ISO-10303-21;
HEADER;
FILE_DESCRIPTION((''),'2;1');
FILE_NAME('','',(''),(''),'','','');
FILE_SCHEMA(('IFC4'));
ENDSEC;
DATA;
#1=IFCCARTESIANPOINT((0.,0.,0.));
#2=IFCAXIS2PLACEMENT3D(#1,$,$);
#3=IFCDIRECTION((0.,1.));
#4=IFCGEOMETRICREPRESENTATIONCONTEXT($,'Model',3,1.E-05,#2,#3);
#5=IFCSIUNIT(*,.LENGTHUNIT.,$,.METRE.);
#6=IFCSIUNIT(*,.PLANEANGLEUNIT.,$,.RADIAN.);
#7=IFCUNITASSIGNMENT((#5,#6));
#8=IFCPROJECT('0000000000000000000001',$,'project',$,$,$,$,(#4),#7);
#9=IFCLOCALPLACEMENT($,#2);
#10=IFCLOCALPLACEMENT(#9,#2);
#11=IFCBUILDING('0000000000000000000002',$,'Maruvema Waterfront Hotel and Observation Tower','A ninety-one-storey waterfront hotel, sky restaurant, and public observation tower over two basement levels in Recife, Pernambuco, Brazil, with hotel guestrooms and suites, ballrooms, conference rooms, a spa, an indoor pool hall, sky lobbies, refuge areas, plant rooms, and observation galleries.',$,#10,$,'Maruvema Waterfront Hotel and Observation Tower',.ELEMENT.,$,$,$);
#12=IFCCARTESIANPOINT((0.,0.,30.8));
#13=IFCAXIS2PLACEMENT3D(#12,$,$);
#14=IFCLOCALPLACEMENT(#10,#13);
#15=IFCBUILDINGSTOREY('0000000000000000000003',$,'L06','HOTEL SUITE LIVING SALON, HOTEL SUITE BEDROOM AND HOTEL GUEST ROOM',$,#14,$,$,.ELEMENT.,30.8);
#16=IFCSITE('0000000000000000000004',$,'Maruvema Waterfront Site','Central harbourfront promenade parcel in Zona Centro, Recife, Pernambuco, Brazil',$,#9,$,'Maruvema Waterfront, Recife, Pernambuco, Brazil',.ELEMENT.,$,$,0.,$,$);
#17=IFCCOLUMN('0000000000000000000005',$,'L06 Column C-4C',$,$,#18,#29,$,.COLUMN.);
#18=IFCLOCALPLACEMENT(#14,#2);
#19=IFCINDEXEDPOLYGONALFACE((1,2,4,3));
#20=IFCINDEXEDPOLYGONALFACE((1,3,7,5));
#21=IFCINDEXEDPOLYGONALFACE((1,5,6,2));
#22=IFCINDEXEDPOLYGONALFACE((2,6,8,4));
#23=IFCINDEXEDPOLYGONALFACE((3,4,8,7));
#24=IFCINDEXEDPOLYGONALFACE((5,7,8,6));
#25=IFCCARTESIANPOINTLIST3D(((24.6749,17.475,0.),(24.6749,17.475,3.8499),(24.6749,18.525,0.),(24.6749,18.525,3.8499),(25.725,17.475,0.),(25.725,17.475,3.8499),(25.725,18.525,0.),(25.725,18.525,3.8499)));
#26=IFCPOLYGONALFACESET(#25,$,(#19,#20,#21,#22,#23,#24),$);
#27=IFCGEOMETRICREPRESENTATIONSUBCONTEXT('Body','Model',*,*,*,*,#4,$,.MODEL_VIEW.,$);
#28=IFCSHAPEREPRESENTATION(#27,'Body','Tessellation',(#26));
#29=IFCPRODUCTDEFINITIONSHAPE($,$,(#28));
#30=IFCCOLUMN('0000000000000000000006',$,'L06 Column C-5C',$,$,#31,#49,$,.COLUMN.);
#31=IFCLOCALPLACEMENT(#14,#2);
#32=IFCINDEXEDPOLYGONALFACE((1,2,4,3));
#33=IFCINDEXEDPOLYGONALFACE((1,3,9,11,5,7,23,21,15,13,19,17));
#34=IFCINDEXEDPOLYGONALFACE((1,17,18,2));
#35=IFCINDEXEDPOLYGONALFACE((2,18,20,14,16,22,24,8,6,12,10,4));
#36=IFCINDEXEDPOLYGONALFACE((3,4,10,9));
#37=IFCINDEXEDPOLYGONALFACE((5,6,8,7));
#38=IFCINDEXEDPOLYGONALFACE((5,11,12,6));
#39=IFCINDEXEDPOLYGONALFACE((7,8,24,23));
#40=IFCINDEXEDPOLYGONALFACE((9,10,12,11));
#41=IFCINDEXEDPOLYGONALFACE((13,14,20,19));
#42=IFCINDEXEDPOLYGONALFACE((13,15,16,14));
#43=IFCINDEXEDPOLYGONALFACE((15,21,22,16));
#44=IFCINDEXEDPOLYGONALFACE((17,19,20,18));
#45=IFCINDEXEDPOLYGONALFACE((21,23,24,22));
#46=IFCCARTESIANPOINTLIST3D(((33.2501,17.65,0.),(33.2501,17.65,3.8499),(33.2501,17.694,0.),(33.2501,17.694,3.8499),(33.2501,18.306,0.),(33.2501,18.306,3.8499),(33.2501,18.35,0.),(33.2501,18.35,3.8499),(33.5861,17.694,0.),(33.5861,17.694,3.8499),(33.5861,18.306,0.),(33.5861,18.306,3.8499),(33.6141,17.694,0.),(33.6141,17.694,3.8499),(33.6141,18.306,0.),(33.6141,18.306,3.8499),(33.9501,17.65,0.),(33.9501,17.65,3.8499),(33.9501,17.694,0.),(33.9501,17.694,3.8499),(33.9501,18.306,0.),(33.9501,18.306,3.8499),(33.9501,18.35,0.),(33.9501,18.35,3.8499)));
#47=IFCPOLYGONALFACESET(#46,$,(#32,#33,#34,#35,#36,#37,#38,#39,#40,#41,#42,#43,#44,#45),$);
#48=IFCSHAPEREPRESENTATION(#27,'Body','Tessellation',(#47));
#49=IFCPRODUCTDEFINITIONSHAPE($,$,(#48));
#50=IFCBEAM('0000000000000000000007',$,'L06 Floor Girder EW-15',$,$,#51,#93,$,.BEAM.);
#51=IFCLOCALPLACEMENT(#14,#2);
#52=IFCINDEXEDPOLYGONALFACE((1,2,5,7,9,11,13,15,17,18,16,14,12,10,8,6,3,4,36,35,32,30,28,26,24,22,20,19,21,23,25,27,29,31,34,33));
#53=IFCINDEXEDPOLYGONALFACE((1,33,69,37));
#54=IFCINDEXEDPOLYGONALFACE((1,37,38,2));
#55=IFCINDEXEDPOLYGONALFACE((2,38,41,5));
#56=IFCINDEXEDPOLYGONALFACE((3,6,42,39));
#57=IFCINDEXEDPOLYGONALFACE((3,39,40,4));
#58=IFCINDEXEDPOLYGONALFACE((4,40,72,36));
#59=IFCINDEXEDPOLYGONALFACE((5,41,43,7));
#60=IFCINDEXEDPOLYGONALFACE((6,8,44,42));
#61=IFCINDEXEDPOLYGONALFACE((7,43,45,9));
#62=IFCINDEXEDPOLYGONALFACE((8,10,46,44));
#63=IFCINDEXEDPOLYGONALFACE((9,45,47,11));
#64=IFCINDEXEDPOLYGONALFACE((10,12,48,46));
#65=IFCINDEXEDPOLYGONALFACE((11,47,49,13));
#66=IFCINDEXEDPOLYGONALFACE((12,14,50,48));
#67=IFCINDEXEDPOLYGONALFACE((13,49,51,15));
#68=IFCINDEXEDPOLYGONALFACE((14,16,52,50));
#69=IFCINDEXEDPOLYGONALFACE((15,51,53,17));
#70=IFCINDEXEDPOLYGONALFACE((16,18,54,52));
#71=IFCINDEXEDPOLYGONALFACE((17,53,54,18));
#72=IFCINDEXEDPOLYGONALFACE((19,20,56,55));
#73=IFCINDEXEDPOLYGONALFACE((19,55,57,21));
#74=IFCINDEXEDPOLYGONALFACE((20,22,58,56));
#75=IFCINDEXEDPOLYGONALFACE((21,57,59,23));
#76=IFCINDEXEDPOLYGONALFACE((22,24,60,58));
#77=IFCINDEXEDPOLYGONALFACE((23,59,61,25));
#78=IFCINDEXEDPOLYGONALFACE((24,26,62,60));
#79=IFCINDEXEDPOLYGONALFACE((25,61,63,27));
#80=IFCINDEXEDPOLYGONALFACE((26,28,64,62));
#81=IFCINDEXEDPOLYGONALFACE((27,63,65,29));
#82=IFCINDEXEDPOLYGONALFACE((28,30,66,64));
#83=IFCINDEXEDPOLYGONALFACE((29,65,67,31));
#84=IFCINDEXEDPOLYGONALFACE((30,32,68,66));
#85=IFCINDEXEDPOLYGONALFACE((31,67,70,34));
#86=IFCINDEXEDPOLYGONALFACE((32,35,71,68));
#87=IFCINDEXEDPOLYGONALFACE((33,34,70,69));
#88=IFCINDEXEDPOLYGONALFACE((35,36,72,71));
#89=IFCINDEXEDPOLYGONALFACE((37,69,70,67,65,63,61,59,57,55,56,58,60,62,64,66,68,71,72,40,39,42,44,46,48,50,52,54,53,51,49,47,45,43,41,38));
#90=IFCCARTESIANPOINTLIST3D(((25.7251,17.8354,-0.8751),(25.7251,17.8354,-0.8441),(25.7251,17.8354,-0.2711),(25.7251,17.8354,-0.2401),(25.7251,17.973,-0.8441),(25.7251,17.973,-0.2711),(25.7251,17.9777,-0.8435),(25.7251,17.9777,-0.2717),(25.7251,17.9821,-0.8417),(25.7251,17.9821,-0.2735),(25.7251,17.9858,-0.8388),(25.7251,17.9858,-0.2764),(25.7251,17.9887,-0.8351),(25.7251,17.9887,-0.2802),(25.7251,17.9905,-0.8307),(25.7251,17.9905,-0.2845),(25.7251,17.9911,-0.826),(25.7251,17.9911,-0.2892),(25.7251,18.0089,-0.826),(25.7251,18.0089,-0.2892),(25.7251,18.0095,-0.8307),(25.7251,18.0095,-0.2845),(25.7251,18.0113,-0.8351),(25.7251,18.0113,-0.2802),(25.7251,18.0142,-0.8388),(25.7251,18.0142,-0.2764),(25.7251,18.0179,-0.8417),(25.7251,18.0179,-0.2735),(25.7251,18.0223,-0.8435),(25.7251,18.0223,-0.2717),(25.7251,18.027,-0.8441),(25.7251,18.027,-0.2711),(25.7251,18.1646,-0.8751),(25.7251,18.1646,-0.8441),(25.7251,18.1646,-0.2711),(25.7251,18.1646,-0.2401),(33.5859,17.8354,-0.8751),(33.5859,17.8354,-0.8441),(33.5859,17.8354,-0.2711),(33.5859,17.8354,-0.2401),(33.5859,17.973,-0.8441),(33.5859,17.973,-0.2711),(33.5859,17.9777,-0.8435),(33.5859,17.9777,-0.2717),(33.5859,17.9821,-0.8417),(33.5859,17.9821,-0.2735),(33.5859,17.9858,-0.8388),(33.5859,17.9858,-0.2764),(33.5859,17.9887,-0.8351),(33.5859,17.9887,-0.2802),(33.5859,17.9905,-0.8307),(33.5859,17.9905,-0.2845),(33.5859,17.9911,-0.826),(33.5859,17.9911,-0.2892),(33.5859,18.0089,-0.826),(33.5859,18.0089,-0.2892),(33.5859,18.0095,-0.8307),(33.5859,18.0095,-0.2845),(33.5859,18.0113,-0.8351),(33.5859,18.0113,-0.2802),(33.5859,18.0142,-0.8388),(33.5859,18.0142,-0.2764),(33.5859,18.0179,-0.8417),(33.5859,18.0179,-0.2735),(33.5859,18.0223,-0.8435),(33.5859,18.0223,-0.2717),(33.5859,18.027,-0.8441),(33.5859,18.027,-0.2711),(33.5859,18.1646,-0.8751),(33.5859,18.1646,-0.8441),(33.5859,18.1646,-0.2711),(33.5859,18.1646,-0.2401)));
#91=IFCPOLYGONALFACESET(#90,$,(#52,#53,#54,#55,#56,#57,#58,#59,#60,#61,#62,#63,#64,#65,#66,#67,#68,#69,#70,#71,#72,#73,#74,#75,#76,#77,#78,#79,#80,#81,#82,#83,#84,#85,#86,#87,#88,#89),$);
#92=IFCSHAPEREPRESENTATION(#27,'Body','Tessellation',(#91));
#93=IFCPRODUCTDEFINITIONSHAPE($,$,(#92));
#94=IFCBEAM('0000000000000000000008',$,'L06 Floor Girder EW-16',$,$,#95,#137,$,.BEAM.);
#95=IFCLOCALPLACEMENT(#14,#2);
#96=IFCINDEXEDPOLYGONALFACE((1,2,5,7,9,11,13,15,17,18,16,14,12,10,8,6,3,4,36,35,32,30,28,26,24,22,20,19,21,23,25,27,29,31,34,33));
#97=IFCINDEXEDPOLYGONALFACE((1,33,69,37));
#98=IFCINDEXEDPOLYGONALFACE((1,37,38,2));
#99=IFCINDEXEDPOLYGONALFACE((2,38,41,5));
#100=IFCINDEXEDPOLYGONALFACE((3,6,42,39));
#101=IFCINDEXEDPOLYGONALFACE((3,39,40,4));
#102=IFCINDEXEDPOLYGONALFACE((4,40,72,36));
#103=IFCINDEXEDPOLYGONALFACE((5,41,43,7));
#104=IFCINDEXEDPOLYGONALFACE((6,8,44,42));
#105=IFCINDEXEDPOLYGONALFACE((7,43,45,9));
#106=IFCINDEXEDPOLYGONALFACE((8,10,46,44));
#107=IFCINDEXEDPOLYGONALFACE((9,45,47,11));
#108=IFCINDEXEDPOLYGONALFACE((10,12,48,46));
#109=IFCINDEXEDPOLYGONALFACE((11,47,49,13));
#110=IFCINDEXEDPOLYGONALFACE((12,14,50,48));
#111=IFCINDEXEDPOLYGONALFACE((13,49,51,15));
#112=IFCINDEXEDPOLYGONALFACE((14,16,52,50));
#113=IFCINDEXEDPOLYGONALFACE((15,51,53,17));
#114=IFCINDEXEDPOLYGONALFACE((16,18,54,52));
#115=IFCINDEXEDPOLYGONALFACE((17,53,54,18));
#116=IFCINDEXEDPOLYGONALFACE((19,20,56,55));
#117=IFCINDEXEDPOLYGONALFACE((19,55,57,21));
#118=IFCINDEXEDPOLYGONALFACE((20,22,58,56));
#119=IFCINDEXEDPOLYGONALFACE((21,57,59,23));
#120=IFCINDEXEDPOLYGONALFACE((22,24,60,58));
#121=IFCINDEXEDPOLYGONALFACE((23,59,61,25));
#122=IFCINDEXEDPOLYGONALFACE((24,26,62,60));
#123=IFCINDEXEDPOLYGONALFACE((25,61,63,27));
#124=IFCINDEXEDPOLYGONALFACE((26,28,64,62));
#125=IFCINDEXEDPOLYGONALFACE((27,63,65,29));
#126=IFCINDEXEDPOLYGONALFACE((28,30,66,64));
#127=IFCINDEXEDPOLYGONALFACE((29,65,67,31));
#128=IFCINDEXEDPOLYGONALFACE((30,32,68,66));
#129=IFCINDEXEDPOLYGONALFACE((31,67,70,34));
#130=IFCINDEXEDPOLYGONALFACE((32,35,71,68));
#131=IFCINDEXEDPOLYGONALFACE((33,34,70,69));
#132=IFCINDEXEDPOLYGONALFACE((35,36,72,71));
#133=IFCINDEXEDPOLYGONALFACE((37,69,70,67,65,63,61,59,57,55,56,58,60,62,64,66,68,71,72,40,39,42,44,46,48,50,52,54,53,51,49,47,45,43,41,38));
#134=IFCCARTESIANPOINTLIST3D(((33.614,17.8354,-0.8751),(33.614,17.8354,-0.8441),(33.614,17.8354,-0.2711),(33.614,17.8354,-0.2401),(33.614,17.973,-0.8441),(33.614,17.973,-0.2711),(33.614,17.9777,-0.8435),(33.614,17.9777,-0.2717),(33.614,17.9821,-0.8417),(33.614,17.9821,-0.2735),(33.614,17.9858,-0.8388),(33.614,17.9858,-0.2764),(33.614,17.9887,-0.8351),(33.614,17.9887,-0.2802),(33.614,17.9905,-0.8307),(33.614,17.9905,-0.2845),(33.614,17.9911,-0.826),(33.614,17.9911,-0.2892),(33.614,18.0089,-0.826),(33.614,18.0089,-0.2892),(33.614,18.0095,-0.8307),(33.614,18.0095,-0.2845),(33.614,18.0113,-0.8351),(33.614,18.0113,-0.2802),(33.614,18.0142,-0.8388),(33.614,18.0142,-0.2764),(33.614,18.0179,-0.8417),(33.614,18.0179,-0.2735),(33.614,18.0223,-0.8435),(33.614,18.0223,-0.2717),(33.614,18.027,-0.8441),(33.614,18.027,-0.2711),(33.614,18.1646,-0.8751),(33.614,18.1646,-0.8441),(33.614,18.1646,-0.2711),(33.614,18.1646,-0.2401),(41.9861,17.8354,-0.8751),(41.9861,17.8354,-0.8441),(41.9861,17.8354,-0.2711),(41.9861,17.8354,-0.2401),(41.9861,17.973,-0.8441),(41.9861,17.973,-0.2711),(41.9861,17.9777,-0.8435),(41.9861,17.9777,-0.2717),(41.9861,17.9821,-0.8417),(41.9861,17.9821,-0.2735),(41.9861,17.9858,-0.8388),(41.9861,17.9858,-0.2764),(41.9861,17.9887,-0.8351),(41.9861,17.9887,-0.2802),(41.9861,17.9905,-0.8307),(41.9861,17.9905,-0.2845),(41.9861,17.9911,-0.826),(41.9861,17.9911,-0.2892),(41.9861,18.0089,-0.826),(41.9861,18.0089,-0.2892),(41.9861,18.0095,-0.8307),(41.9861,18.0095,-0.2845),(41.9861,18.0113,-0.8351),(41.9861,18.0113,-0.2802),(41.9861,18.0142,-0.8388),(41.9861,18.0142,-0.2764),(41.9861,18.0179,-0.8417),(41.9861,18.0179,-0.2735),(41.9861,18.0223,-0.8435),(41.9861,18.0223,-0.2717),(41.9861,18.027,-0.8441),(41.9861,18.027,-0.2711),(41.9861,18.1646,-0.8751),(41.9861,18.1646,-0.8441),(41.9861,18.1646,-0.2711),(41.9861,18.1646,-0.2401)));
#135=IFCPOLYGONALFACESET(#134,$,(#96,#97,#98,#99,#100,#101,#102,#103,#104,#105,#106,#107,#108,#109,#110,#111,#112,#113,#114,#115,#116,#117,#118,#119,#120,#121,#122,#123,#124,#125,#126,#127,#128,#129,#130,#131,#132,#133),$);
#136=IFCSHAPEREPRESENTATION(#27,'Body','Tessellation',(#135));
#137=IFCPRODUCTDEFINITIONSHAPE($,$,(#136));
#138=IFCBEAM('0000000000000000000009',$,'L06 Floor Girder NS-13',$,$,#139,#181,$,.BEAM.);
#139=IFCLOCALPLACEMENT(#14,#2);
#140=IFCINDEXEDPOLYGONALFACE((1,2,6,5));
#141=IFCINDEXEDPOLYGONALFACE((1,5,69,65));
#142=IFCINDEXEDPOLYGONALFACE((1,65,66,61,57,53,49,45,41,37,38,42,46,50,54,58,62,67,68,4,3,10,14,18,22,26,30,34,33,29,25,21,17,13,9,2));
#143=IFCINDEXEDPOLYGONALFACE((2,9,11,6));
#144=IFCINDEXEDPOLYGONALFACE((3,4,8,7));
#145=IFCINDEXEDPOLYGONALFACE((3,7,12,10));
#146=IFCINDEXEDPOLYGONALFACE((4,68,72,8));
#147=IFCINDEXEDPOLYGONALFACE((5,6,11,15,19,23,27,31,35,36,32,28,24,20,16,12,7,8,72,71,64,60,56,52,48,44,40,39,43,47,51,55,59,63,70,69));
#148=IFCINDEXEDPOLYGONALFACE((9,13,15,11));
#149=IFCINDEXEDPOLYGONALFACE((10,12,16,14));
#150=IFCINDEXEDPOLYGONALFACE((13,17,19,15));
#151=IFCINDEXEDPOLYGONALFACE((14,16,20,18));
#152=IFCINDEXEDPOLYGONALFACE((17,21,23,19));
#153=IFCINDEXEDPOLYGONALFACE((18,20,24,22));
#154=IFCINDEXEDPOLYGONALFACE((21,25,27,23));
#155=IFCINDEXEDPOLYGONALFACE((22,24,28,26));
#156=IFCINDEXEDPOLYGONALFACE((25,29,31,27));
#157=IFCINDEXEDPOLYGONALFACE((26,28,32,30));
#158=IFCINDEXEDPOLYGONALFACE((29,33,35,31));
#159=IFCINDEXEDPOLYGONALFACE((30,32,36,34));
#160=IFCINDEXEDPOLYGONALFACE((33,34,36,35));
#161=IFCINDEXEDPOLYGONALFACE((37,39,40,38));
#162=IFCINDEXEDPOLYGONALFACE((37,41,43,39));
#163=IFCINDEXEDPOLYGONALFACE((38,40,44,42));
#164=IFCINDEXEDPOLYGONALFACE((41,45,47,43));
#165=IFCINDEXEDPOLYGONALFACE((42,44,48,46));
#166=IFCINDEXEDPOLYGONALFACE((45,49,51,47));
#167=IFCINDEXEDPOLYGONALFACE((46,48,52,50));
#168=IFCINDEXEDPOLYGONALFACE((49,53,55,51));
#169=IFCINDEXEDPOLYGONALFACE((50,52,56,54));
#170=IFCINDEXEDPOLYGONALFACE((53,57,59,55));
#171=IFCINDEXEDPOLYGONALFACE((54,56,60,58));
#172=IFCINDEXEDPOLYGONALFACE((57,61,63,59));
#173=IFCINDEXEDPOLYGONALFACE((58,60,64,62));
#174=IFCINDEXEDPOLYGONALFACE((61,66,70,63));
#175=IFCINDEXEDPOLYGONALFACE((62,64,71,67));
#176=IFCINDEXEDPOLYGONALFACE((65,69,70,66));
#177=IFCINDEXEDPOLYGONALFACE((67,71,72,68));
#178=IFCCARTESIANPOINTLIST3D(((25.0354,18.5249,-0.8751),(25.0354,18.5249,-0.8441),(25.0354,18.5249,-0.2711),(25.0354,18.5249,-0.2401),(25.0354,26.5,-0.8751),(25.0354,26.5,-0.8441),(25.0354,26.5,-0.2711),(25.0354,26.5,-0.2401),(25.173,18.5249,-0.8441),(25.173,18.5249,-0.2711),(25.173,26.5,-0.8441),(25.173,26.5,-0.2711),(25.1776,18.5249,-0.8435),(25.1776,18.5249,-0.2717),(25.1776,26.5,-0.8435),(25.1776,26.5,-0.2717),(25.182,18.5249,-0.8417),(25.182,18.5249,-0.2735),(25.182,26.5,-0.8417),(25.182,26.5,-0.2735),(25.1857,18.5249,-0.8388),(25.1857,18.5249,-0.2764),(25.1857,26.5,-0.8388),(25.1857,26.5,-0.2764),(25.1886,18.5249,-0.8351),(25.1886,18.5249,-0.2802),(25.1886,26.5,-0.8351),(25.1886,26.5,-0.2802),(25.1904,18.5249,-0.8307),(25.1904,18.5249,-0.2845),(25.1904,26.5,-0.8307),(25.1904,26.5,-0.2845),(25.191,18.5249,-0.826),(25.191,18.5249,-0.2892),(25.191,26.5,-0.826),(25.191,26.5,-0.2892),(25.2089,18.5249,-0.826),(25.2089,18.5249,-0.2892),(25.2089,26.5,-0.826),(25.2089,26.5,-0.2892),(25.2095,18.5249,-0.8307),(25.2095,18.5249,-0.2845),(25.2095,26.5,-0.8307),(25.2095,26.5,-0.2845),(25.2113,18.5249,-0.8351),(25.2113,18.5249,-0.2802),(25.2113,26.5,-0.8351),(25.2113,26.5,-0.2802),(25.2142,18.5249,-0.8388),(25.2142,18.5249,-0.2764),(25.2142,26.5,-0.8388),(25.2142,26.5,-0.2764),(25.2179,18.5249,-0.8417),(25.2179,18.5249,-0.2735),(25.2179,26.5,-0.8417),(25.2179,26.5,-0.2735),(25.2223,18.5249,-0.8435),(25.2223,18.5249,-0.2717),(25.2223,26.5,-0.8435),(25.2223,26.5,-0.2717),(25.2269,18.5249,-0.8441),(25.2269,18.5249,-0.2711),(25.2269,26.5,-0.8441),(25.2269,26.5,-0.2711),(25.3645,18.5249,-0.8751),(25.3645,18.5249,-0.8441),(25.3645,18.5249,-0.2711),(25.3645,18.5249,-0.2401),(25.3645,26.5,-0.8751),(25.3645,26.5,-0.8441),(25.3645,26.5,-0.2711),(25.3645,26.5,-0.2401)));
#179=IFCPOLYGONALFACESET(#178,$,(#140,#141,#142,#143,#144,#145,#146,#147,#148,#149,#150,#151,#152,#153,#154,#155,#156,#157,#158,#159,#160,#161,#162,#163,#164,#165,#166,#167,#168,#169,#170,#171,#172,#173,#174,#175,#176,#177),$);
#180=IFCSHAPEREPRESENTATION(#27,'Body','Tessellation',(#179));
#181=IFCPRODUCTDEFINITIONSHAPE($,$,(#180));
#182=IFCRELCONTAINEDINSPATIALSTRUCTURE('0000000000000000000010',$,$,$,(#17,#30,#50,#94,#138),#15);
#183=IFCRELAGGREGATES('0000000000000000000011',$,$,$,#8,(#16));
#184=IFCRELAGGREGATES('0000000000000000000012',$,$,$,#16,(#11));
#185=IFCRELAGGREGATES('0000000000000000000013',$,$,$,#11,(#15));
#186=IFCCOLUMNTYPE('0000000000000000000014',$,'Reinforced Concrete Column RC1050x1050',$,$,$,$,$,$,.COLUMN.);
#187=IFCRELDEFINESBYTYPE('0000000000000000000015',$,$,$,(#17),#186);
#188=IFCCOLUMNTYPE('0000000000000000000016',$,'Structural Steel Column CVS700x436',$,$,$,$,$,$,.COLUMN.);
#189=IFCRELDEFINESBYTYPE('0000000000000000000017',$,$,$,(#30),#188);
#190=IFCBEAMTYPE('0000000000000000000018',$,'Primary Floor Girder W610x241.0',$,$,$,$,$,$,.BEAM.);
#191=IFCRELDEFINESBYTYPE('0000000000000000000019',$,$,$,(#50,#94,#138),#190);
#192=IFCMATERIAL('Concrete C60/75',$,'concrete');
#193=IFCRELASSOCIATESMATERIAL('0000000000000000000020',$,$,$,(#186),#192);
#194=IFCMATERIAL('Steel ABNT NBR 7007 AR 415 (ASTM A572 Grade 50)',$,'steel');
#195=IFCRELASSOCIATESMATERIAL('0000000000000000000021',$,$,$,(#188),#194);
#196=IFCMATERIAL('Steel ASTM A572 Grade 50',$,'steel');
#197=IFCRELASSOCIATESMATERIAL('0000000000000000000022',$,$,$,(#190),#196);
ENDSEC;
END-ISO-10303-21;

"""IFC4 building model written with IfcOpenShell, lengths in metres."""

from ifc_helpers import new_model, si_unit, direction, frame, origin, origin_2d, place, context, subcontext, project, spatial, rectangle, i_section, extrude, material, material_profile, profile_set, type_object, element, save


model = new_model("IFC4")

# Units and contexts
model_context = context("Model", 3, precision=1e-05, world=origin(), true_north=direction((0.0, 1.0)))
body_context = subcontext(model_context, "Body", "Model", "MODEL_VIEW")
ifc_project = project(units=[si_unit("LENGTHUNIT", "METRE"), si_unit("PLANEANGLEUNIT", "RADIAN")], contexts=[model_context])

# Site, building, storey
site_placement = place(None, origin())
site = spatial("IfcSite", under=ifc_project, at=site_placement, Name="Maruvema Waterfront Site", Description="Central harbourfront promenade parcel in Zona Centro, Recife, Pernambuco, Brazil", LongName="Maruvema Waterfront, Recife, Pernambuco, Brazil", CompositionType="ELEMENT", RefElevation=0.0)
building_placement = place(site_placement, origin())
building = spatial("IfcBuilding", under=site, at=building_placement, Name="Maruvema Waterfront Hotel and Observation Tower", Description="A ninety-one-storey waterfront hotel, sky restaurant, and public observation tower over two basement levels in Recife, Pernambuco, Brazil, with hotel guestrooms and suites, ballrooms, conference rooms, a spa, an indoor pool hall, sky lobbies, refuge areas, plant rooms, and observation galleries.", LongName="Maruvema Waterfront Hotel and Observation Tower", CompositionType="ELEMENT")
storey_placement = place(building_placement, frame((0.0, 0.0, 30.8)))
storey = spatial("IfcBuildingStorey", under=building, at=storey_placement, Name="L06", Description="HOTEL SUITE LIVING SALON, HOTEL SUITE BEDROOM AND HOTEL GUEST ROOM", CompositionType="ELEMENT", Elevation=30.8)

# Columns
ifc_material_1 = material(Name="Concrete C60/75", Category="concrete")
ifc_material_profile_1 = material_profile(ifc_material_1, rectangle(XDim=1.05, YDim=1.05, at=origin_2d()), Name="RC1050x1050")
ifc_profile_set_1 = profile_set([ifc_material_profile_1], Name="Concrete C60/75")
column_type_1 = type_object("IfcColumnType", Name="Reinforced Concrete Column RC1050x1050", PredefinedType="COLUMN", material=ifc_profile_set_1)
column_1_placement = place(storey_placement, frame((25.2, 18.0, 0.0), z_axis=(0.0, 0.0, 1.0), x_axis=(1.0, 0.0, 0.0)))
element("IfcColumn", 1, at=column_1_placement, inside=storey, type_object=column_type_1, Name="L06 Column C-4C", PredefinedType="COLUMN", context=body_context, shape_type="SweptSolid", body=[
    extrude(rectangle(XDim=1.05, YDim=1.05, at=origin_2d()), origin(), (0.0, 0.0, 1.0), 3.8499),
])
ifc_material_2 = material(Name="Steel ABNT NBR 7007 AR 415 (ASTM A572 Grade 50)", Category="steel")
ifc_material_profile_2 = material_profile(ifc_material_2, i_section(OverallWidth=0.7, OverallDepth=0.7, WebThickness=0.0281, FlangeThickness=0.0439, at=origin_2d()), Name="CVS700x436")
ifc_profile_set_2 = profile_set([ifc_material_profile_2], Name="Steel ABNT NBR 7007 AR 415 (ASTM A572 Grade 50)")
column_type_2 = type_object("IfcColumnType", Name="Structural Steel Column CVS700x436", PredefinedType="COLUMN", material=ifc_profile_set_2)
column_2_placement = place(storey_placement, frame((33.6001, 18.0, 0.0), z_axis=(0.0, 0.0, 1.0), x_axis=(1.0, 0.0, 0.0)))
element("IfcColumn", 2, at=column_2_placement, inside=storey, type_object=column_type_2, Name="L06 Column C-5C", PredefinedType="COLUMN", context=body_context, shape_type="SweptSolid", body=[
    extrude(i_section(OverallWidth=0.7, OverallDepth=0.7, WebThickness=0.0281, FlangeThickness=0.0439, at=origin_2d()), origin(), (0.0, 0.0, 1.0), 3.8499),
])

# Beams
ifc_material_3 = material(Name="Steel ASTM A572 Grade 50", Category="steel")
ifc_material_profile_3 = material_profile(ifc_material_3, i_section(OverallWidth=0.3291, OverallDepth=0.635, WebThickness=0.0178, FlangeThickness=0.031, FilletRadius=0.0181, at=origin_2d()), Name="W610x241.0")
ifc_profile_set_3 = profile_set([ifc_material_profile_3], Name="Steel ASTM A572 Grade 50")
beam_type_1 = type_object("IfcBeamType", Name="Primary Floor Girder W610x241.0", PredefinedType="BEAM", material=ifc_profile_set_3)
beam_1_placement = place(storey_placement, frame((25.7251, 18.0, -0.5576), z_axis=(1.0, 0.0, 0.0), x_axis=(0.0, 1.0, 0.0)))
element("IfcBeam", 3, at=beam_1_placement, inside=storey, type_object=beam_type_1, Name="L06 Floor Girder EW-15", PredefinedType="BEAM", context=body_context, shape_type="SweptSolid", body=[
    extrude(i_section(OverallWidth=0.3291, OverallDepth=0.635, WebThickness=0.0178, FlangeThickness=0.031, FilletRadius=0.0181, at=origin_2d()), origin(), (0.0, 0.0, 1.0), 7.8608),
])
beam_2_placement = place(storey_placement, frame((33.614, 18.0, -0.5576), z_axis=(1.0, 0.0, 0.0), x_axis=(0.0, 1.0, 0.0)))
element("IfcBeam", 4, at=beam_2_placement, inside=storey, type_object=beam_type_1, Name="L06 Floor Girder EW-16", PredefinedType="BEAM", context=body_context, shape_type="SweptSolid", body=[
    extrude(i_section(OverallWidth=0.3291, OverallDepth=0.635, WebThickness=0.0178, FlangeThickness=0.031, FilletRadius=0.0181, at=origin_2d()), origin(), (0.0, 0.0, 1.0), 8.3721),
])
beam_3_placement = place(storey_placement, frame((25.2, 18.5249, -0.5576), z_axis=(0.0, 1.0, 0.0), x_axis=(-1.0, 0.0, 0.0)))
element("IfcBeam", 5, at=beam_3_placement, inside=storey, type_object=beam_type_1, Name="L06 Floor Girder NS-13", PredefinedType="BEAM", context=body_context, shape_type="SweptSolid", body=[
    extrude(i_section(OverallWidth=0.3291, OverallDepth=0.635, WebThickness=0.0178, FlangeThickness=0.031, FilletRadius=0.0181, at=origin_2d()), origin(), (0.0, 0.0, 1.0), 7.9751),
])

save(model, "model.ifc")
